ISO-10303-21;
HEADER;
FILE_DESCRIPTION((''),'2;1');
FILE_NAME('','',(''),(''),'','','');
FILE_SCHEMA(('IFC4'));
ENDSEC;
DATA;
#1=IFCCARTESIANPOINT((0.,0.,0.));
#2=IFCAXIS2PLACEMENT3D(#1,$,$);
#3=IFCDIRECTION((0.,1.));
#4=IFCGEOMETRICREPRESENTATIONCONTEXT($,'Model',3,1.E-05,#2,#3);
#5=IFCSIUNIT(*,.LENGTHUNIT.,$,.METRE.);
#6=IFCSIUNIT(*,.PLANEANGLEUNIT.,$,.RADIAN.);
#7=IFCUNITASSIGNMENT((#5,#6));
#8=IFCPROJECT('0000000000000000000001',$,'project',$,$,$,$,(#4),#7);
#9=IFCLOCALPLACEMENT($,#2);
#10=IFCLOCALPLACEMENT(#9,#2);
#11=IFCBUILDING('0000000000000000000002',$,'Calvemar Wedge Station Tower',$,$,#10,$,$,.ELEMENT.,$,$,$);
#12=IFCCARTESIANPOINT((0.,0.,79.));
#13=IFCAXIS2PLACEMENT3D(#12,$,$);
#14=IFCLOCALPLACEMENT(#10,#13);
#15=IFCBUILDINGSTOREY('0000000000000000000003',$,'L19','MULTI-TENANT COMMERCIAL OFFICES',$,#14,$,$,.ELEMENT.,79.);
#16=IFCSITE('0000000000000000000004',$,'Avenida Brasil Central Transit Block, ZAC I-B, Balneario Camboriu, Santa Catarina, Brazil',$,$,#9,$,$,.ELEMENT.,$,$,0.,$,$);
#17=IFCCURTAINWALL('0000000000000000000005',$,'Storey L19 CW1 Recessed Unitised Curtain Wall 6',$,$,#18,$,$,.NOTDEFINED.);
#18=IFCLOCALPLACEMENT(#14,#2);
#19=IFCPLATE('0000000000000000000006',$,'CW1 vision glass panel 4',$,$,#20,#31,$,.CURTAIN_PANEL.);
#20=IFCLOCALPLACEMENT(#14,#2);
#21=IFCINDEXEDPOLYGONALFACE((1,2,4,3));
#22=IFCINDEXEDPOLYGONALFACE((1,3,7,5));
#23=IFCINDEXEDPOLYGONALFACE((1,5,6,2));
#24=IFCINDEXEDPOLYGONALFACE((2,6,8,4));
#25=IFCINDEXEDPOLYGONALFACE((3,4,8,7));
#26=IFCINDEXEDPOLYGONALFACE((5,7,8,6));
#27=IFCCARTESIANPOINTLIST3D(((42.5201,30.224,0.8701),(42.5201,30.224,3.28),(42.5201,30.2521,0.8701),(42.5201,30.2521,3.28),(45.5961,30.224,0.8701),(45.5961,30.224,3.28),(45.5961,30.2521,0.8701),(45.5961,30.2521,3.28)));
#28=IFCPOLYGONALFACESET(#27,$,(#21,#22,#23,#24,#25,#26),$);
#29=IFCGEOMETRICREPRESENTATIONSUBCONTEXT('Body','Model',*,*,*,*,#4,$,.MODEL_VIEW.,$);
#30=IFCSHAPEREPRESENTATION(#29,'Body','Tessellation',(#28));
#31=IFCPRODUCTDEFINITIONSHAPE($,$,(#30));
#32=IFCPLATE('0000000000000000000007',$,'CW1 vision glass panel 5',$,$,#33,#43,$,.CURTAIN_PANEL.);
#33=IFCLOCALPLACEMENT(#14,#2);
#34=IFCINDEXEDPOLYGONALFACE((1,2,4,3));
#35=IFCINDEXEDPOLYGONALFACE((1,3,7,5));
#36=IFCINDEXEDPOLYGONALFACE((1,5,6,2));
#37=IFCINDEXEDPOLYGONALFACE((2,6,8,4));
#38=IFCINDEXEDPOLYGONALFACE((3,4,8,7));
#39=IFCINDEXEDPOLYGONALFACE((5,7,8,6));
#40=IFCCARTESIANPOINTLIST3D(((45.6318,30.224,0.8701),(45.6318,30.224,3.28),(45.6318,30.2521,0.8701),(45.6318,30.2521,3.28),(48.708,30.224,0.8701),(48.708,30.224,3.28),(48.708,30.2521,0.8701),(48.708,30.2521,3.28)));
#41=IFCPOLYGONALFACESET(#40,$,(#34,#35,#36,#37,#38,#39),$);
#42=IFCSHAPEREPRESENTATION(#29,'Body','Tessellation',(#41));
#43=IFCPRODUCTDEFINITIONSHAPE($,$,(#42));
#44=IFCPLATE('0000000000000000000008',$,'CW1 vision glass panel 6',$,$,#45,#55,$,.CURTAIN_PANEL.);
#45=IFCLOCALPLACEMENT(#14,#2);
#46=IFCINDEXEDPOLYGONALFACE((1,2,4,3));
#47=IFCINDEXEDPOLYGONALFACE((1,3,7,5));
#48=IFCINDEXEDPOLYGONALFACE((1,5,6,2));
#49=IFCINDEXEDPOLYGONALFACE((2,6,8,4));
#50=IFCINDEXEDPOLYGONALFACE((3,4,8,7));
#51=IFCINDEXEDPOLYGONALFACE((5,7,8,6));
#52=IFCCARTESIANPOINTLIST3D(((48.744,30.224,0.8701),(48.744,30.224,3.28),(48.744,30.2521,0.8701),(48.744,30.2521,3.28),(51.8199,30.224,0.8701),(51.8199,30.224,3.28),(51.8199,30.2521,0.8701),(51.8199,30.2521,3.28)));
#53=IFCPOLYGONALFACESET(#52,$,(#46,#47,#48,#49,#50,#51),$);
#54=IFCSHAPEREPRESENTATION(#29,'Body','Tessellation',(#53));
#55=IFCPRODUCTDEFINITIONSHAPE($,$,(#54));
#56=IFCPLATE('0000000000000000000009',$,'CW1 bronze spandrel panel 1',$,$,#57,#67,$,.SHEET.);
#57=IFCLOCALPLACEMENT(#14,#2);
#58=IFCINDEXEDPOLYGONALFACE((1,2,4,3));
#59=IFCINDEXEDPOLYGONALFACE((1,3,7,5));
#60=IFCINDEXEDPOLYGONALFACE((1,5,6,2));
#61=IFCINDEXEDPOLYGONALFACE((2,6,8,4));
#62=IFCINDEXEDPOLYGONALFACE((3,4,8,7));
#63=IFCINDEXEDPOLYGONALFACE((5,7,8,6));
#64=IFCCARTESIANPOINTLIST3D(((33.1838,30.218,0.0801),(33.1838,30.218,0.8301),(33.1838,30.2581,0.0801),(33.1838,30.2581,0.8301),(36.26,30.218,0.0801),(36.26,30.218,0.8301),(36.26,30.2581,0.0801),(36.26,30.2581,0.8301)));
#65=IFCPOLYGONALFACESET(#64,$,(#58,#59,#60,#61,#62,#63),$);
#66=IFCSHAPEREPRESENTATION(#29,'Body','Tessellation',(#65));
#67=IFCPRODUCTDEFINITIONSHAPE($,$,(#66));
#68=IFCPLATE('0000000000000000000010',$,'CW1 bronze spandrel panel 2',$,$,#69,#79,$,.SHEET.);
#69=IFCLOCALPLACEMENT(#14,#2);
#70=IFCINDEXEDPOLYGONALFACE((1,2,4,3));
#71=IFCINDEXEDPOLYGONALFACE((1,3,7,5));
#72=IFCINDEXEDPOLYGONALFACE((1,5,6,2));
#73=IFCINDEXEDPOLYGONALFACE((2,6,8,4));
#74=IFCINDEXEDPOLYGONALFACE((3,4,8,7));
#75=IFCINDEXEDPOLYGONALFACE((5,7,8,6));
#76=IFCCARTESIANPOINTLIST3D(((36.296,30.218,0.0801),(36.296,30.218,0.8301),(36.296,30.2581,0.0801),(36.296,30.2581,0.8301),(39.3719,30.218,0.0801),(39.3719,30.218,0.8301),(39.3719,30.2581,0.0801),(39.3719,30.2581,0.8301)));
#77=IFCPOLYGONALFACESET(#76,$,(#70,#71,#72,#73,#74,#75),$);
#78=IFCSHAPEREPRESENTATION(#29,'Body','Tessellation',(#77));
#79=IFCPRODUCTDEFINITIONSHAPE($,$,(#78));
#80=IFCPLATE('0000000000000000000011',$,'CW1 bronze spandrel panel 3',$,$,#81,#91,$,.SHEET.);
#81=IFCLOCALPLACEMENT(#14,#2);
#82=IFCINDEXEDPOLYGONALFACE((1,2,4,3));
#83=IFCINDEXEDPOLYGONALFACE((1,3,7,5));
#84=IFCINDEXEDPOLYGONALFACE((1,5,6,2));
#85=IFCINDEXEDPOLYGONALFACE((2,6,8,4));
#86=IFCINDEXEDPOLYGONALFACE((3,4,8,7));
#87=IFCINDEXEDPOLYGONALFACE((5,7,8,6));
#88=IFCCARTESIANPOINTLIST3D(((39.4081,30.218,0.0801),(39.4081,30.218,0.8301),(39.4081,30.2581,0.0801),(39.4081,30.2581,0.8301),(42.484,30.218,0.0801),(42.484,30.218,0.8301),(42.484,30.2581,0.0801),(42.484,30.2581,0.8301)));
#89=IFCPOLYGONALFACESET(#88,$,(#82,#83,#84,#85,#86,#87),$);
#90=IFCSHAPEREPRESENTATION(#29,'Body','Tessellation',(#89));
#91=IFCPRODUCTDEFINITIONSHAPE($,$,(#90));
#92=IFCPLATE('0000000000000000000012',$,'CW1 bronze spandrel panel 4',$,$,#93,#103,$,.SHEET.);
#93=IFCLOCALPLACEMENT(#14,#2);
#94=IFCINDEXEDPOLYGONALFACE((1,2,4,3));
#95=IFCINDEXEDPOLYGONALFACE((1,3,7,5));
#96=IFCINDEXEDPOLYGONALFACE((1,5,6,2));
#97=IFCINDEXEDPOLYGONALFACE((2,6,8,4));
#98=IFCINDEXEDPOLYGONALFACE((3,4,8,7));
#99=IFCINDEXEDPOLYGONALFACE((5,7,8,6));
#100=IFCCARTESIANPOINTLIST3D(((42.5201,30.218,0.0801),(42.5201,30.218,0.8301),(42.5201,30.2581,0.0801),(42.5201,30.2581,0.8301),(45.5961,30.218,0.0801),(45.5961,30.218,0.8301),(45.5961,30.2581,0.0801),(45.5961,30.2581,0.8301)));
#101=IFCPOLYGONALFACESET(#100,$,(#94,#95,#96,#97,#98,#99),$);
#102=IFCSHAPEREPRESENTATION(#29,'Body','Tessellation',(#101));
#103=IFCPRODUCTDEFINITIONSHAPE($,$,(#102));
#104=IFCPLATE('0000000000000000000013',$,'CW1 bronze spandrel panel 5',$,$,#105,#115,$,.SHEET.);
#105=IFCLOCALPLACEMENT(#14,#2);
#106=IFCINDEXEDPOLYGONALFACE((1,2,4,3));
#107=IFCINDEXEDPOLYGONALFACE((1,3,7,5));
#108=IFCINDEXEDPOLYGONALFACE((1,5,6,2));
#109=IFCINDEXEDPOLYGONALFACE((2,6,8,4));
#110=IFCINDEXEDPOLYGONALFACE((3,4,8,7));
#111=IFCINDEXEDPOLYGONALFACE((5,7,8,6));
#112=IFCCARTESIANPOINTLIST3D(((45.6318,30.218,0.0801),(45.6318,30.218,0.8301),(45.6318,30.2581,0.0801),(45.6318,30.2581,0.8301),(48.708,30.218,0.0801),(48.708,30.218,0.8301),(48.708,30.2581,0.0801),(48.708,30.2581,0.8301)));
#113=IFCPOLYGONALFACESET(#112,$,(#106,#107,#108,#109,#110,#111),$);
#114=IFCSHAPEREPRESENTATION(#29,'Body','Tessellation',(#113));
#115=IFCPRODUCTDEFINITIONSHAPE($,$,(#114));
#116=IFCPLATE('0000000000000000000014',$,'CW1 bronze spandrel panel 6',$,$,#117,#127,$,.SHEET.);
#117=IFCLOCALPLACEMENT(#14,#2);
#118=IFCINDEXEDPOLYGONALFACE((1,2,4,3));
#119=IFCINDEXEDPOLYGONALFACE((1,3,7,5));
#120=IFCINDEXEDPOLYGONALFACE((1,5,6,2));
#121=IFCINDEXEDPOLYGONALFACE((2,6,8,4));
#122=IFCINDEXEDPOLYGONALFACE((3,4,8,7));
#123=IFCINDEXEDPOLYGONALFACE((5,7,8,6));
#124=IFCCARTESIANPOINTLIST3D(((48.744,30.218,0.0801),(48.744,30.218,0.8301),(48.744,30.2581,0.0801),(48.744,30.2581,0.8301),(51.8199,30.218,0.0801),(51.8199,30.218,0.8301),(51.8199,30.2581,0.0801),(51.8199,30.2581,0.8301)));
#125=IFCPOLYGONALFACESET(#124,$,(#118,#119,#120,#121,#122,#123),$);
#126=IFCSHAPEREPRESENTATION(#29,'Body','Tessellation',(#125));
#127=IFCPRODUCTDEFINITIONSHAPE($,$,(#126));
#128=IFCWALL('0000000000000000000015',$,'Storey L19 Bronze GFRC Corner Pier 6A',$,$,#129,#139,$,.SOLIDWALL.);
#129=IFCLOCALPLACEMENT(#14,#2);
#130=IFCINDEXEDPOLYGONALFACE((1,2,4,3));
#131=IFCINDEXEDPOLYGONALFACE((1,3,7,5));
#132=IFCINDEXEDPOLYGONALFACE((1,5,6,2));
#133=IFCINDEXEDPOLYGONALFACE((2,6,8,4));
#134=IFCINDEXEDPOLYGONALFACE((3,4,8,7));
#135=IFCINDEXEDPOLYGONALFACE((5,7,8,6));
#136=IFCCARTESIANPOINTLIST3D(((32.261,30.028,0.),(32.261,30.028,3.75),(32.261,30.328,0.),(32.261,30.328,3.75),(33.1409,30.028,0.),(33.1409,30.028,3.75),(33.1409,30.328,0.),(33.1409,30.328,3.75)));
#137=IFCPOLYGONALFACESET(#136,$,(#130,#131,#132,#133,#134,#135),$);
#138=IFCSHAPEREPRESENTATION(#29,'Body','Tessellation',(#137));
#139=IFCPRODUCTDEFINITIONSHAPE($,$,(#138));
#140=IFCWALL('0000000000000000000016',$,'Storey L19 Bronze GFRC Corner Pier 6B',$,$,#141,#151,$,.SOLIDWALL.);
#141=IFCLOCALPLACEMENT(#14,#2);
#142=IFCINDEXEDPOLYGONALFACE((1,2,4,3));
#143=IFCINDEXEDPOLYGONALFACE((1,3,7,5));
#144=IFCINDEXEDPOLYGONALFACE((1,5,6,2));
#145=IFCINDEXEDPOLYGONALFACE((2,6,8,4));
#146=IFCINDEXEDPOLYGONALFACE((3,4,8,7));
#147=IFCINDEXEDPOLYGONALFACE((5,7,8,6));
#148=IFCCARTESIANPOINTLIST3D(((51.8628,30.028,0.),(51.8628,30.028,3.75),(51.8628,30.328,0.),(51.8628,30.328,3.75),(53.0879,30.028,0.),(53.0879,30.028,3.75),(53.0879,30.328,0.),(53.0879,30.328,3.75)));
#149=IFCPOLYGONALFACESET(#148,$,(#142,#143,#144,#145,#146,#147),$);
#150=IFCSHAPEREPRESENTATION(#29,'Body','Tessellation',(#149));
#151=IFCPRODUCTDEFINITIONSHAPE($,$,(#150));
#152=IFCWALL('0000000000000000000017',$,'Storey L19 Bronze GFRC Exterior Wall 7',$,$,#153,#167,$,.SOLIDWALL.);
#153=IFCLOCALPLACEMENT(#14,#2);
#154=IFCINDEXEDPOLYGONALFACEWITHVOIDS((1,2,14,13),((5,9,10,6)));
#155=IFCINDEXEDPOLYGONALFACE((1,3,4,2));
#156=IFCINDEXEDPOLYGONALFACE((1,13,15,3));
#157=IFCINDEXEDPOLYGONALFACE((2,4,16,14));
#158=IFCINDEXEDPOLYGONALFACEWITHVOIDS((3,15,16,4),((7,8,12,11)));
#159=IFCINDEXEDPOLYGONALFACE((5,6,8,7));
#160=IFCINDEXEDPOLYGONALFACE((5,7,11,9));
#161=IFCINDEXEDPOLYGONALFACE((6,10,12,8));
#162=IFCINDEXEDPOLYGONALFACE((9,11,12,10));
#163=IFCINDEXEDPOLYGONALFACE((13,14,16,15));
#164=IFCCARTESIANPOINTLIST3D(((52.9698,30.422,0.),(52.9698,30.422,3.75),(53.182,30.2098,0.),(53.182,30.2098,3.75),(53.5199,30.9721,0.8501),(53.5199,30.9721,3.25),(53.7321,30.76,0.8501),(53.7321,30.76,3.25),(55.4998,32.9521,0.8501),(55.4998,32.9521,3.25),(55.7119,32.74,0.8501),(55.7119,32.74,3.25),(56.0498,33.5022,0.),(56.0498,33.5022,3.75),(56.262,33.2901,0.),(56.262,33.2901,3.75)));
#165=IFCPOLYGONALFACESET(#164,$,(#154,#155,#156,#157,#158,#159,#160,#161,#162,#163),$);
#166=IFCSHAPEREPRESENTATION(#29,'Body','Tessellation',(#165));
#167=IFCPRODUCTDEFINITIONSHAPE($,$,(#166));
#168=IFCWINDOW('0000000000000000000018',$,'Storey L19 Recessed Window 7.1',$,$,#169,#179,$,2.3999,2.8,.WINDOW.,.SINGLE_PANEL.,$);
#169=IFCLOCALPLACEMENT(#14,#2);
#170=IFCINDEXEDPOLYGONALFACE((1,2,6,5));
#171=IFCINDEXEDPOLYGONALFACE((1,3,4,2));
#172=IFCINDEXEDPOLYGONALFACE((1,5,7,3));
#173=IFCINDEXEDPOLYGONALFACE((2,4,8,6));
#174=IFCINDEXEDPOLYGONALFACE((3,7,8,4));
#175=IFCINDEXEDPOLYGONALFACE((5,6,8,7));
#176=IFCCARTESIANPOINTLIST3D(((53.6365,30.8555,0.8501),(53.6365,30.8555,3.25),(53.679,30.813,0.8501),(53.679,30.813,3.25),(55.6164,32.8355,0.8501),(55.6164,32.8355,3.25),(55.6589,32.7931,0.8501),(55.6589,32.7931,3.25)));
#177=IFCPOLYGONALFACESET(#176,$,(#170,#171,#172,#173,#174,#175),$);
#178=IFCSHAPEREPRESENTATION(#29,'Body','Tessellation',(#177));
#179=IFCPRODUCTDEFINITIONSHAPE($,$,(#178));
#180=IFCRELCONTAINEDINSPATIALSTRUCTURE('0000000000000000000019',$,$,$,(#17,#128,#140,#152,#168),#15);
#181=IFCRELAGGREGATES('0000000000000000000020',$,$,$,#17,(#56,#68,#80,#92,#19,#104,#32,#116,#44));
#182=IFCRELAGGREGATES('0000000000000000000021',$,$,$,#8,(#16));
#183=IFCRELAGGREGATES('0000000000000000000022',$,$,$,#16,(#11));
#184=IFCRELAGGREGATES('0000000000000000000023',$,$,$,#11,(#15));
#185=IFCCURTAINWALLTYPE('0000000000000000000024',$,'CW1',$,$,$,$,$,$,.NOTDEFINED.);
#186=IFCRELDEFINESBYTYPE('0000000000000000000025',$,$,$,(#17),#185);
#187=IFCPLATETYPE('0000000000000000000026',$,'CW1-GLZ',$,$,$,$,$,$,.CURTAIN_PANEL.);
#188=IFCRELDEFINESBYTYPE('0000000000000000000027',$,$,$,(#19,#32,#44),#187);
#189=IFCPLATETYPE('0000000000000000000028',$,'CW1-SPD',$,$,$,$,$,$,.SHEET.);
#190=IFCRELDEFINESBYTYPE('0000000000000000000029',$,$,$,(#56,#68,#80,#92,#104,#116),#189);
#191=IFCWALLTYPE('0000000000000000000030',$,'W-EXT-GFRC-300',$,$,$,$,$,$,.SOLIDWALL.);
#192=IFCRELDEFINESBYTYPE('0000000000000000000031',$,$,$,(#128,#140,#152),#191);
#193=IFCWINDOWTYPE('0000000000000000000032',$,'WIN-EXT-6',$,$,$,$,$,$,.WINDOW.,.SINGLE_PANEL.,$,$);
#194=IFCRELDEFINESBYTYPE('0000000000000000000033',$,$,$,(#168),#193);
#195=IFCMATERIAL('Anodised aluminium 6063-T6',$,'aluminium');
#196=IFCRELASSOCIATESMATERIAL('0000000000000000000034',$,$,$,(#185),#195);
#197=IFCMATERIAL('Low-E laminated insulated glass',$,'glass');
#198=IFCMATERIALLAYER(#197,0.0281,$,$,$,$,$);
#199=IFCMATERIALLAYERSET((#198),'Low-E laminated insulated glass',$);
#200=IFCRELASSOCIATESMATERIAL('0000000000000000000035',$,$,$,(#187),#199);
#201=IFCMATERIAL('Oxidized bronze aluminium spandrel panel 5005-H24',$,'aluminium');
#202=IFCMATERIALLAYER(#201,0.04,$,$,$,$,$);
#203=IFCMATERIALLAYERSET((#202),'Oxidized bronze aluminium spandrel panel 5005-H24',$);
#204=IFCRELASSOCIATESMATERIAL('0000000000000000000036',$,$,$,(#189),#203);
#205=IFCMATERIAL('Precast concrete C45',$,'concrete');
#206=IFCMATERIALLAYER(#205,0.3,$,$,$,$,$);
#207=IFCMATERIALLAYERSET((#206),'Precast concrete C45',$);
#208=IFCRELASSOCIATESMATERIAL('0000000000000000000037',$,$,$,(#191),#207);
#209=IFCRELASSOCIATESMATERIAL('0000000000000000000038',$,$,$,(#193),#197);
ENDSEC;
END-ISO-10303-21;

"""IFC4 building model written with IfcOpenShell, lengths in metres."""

from ifc_helpers import new_model, si_unit, direction, frame, frame_2d, origin, place, context, subcontext, project, spatial, rectangle, extrude, source, transform, mapped, material, layer, layer_set, type_object, element, fill, aggregate, save


model = new_model("IFC4")

# Units and contexts
model_context = context("Model", 3, precision=1e-05, world=origin(), true_north=direction((0.0, 1.0)))
body_context = subcontext(model_context, "Body", "Model", "MODEL_VIEW")
ifc_project = project(units=[si_unit("LENGTHUNIT", "METRE"), si_unit("PLANEANGLEUNIT", "RADIAN")], contexts=[model_context])

# Site, building, storey
site_placement = place(None, origin())
site = spatial("IfcSite", under=ifc_project, at=site_placement, Name="Avenida Brasil Central Transit Block, ZAC I-B, Balneario Camboriu, Santa Catarina, Brazil", CompositionType="ELEMENT", RefElevation=0.0)
building_placement = place(site_placement, origin())
building = spatial("IfcBuilding", under=site, at=building_placement, Name="Calvemar Wedge Station Tower", CompositionType="ELEMENT")
storey_placement = place(building_placement, frame((0.0, 0.0, 79.0)))
storey = spatial("IfcBuildingStorey", under=building, at=storey_placement, Name="L19", Description="MULTI-TENANT COMMERCIAL OFFICES", CompositionType="ELEMENT", Elevation=79.0)

# Curtain wall, plates
ifc_material_1 = material(Name="Anodised aluminium 6063-T6", Category="aluminium")
curtain_wall_type = type_object("IfcCurtainWallType", Name="CW1", PredefinedType="NOTDEFINED", material=ifc_material_1)
curtain_wall_placement = place(storey_placement, origin())
curtain_wall = element("IfcCurtainWall", 1, at=curtain_wall_placement, inside=storey, type_object=curtain_wall_type, Name="Storey L19 CW1 Recessed Unitised Curtain Wall 6", PredefinedType="NOTDEFINED")
ifc_material_2 = material(Name="Low-E laminated insulated glass", Category="glass")
ifc_layer_1 = layer(ifc_material_2, 0.0281)
ifc_layer_set_1 = layer_set([ifc_layer_1], Name="Low-E laminated insulated glass")
plate_type_1 = type_object("IfcPlateType", Name="CW1-GLZ", PredefinedType="CURTAIN_PANEL", material=ifc_layer_set_1)
plate_1_placement = place(storey_placement, frame((42.52, 30.238, 0.8701), z_axis=(0.0, 0.0, 1.0), x_axis=(1.0, 0.0, 0.0)))
plate_1 = element("IfcPlate", 2, at=plate_1_placement, type_object=plate_type_1, Name="CW1 vision glass panel 4", PredefinedType="CURTAIN_PANEL", context=body_context, shape_type="SweptSolid", body=[
    extrude(rectangle(XDim=3.0759, YDim=0.0281, at=frame_2d((1.5381, 0.0))), origin(), (0.0, 0.0, 1.0), 2.4099),
])
plate_2_placement = place(storey_placement, frame((45.6318, 30.238, 0.8701), z_axis=(0.0, 0.0, 1.0), x_axis=(1.0, 0.0, 0.0)))
plate_2 = element("IfcPlate", 3, at=plate_2_placement, type_object=plate_type_1, Name="CW1 vision glass panel 5", PredefinedType="CURTAIN_PANEL", context=body_context, shape_type="SweptSolid", body=[
    extrude(rectangle(XDim=3.0762, YDim=0.0281, at=frame_2d((1.5381, 0.0))), origin(), (0.0, 0.0, 1.0), 2.4099),
])
plate_3_placement = place(storey_placement, frame((48.7439, 30.238, 0.8701), z_axis=(0.0, 0.0, 1.0), x_axis=(1.0, 0.0, 0.0)))
plate_3 = element("IfcPlate", 4, at=plate_3_placement, type_object=plate_type_1, Name="CW1 vision glass panel 6", PredefinedType="CURTAIN_PANEL", context=body_context, shape_type="SweptSolid", body=[
    extrude(rectangle(XDim=3.0759, YDim=0.0281, at=frame_2d((1.5381, 0.0))), origin(), (0.0, 0.0, 1.0), 2.4099),
])
ifc_material_3 = material(Name="Oxidized bronze aluminium spandrel panel 5005-H24", Category="aluminium")
ifc_layer_2 = layer(ifc_material_3, 0.04)
ifc_layer_set_2 = layer_set([ifc_layer_2], Name="Oxidized bronze aluminium spandrel panel 5005-H24")
plate_type_2 = type_object("IfcPlateType", Name="CW1-SPD", PredefinedType="SHEET", material=ifc_layer_set_2)
plate_4_placement = place(storey_placement, frame((33.1838, 30.238, 0.0801), z_axis=(0.0, 0.0, 1.0), x_axis=(1.0, 0.0, 0.0)))
plate_4 = element("IfcPlate", 5, at=plate_4_placement, type_object=plate_type_2, Name="CW1 bronze spandrel panel 1", PredefinedType="SHEET", context=body_context, shape_type="SweptSolid", body=[
    extrude(rectangle(XDim=3.0762, YDim=0.04, at=frame_2d((1.5381, 0.0))), origin(), (0.0, 0.0, 1.0), 0.75),
])
plate_5_placement = place(storey_placement, frame((36.2959, 30.238, 0.0801), z_axis=(0.0, 0.0, 1.0), x_axis=(1.0, 0.0, 0.0)))
plate_5 = element("IfcPlate", 6, at=plate_5_placement, type_object=plate_type_2, Name="CW1 bronze spandrel panel 2", PredefinedType="SHEET", context=body_context, shape_type="SweptSolid", body=[
    extrude(rectangle(XDim=3.0759, YDim=0.04, at=frame_2d((1.5381, 0.0))), origin(), (0.0, 0.0, 1.0), 0.75),
])
plate_6_placement = place(storey_placement, frame((39.408, 30.238, 0.0801), z_axis=(0.0, 0.0, 1.0), x_axis=(1.0, 0.0, 0.0)))
plate_6 = element("IfcPlate", 7, at=plate_6_placement, type_object=plate_type_2, Name="CW1 bronze spandrel panel 3", PredefinedType="SHEET", context=body_context, shape_type="SweptSolid", body=[
    extrude(rectangle(XDim=3.0759, YDim=0.04, at=frame_2d((1.5381, 0.0))), origin(), (0.0, 0.0, 1.0), 0.75),
])
plate_7_placement = place(storey_placement, frame((42.52, 30.238, 0.0801), z_axis=(0.0, 0.0, 1.0), x_axis=(1.0, 0.0, 0.0)))
plate_7 = element("IfcPlate", 8, at=plate_7_placement, type_object=plate_type_2, Name="CW1 bronze spandrel panel 4", PredefinedType="SHEET", context=body_context, shape_type="SweptSolid", body=[
    extrude(rectangle(XDim=3.0759, YDim=0.04, at=frame_2d((1.5381, 0.0))), origin(), (0.0, 0.0, 1.0), 0.75),
])
plate_8_placement = place(storey_placement, frame((45.6318, 30.238, 0.0801), z_axis=(0.0, 0.0, 1.0), x_axis=(1.0, 0.0, 0.0)))
plate_8 = element("IfcPlate", 9, at=plate_8_placement, type_object=plate_type_2, Name="CW1 bronze spandrel panel 5", PredefinedType="SHEET", context=body_context, shape_type="SweptSolid", body=[
    extrude(rectangle(XDim=3.0762, YDim=0.04, at=frame_2d((1.5381, 0.0))), origin(), (0.0, 0.0, 1.0), 0.75),
])
plate_9_placement = place(storey_placement, frame((48.7439, 30.238, 0.0801), z_axis=(0.0, 0.0, 1.0), x_axis=(1.0, 0.0, 0.0)))
plate_9 = element("IfcPlate", 10, at=plate_9_placement, type_object=plate_type_2, Name="CW1 bronze spandrel panel 6", PredefinedType="SHEET", context=body_context, shape_type="SweptSolid", body=[
    extrude(rectangle(XDim=3.0759, YDim=0.04, at=frame_2d((1.5381, 0.0))), origin(), (0.0, 0.0, 1.0), 0.75),
])
aggregate(curtain_wall, [plate_4, plate_5, plate_6, plate_7, plate_1, plate_8, plate_2, plate_9, plate_3])

# Walls
ifc_material_4 = material(Name="Precast concrete C45", Category="concrete")
ifc_layer_3 = layer(ifc_material_4, 0.3)
ifc_layer_set_3 = layer_set([ifc_layer_3], Name="Precast concrete C45")
wall_type = type_object("IfcWallType", Name="W-EXT-GFRC-300", PredefinedType="SOLIDWALL", material=ifc_layer_set_3)
wall_1_placement = place(storey_placement, frame((32.261, 30.178, 0.0), z_axis=(0.0, 0.0, 1.0), x_axis=(1.0, 0.0, 0.0)))
element("IfcWall", 11, at=wall_1_placement, inside=storey, type_object=wall_type, Name="Storey L19 Bronze GFRC Corner Pier 6A", PredefinedType="SOLIDWALL", context=body_context, shape_type="SweptSolid", body=[
    extrude(rectangle(XDim=0.8799, YDim=0.3, at=frame_2d((0.4399, 0.0))), origin(), (0.0, 0.0, 1.0), 3.75),
])
wall_2_placement = place(storey_placement, frame((51.8628, 30.178, 0.0), z_axis=(0.0, 0.0, 1.0), x_axis=(1.0, 0.0, 0.0)))
element("IfcWall", 12, at=wall_2_placement, inside=storey, type_object=wall_type, Name="Storey L19 Bronze GFRC Corner Pier 6B", PredefinedType="SOLIDWALL", context=body_context, shape_type="SweptSolid", body=[
    extrude(rectangle(XDim=1.2251, YDim=0.3, at=frame_2d((0.6125, 0.0))), origin(), (0.0, 0.0, 1.0), 3.75),
])

# Wall, opening, window
wall_3_placement = place(storey_placement, frame((53.0759, 30.3159, 0.0), z_axis=(0.0, 0.0, 1.0), x_axis=(0.707079, 0.707135, 0.0)))
wall_3 = element("IfcWall", 13, at=wall_3_placement, inside=storey, type_object=wall_type, Name="Storey L19 Bronze GFRC Exterior Wall 7", PredefinedType="SOLIDWALL", context=body_context, shape_type="SweptSolid", body=[
    extrude(rectangle(XDim=4.356, YDim=0.3, at=frame_2d((2.178, 0.0))), origin(), (0.0, 0.0, 1.0), 3.75),
])
shared_shape_1 = source(origin(), body_context, "Body", "SweptSolid", [
    extrude(rectangle(XDim=2.8, YDim=2.3999, at=frame_2d((1.3999, 1.2))), frame((0.0, 0.1602, 0.0), z_axis=(0.0, -1.0, 0.0), x_axis=(1.0, 0.0, 0.0)), (0.0, 0.0, 1.0), 0.3201),
])
opening_placement = place(wall_3_placement, frame((0.7781, 0.0, 0.8501)))
opening = element("IfcOpeningElement", 14, at=opening_placement, cuts=wall_3, PredefinedType="OPENING", context=body_context, shape_type="MappedRepresentation", body=[
    mapped(shared_shape_1, transform((0.0, 0.0, 0.0), scale=1.0)),
])
window_type = type_object("IfcWindowType", Name="WIN-EXT-6", PartitioningType="SINGLE_PANEL", PredefinedType="WINDOW", material=ifc_material_2)
shared_shape_2 = source(origin(), body_context, "Body", "SweptSolid", [
    extrude(rectangle(XDim=2.8, YDim=2.3999, at=frame_2d((1.3999, 1.2))), frame((0.0, -0.0149, 0.0), z_axis=(0.0, -1.0, 0.0), x_axis=(1.0, 0.0, 0.0)), (0.0, 0.0, 1.0), 0.0601),
])
window_placement = place(opening_placement, origin())
window = element("IfcWindow", 15, at=window_placement, inside=storey, type_object=window_type, Name="Storey L19 Recessed Window 7.1", OverallHeight=2.3999, OverallWidth=2.8, PartitioningType="SINGLE_PANEL", PredefinedType="WINDOW", context=body_context, shape_type="MappedRepresentation", body=[
    mapped(shared_shape_2, transform((0.0, 0.0, 0.0), scale=1.0)),
])
fill(opening, window)

save(model, "model.ifc")
